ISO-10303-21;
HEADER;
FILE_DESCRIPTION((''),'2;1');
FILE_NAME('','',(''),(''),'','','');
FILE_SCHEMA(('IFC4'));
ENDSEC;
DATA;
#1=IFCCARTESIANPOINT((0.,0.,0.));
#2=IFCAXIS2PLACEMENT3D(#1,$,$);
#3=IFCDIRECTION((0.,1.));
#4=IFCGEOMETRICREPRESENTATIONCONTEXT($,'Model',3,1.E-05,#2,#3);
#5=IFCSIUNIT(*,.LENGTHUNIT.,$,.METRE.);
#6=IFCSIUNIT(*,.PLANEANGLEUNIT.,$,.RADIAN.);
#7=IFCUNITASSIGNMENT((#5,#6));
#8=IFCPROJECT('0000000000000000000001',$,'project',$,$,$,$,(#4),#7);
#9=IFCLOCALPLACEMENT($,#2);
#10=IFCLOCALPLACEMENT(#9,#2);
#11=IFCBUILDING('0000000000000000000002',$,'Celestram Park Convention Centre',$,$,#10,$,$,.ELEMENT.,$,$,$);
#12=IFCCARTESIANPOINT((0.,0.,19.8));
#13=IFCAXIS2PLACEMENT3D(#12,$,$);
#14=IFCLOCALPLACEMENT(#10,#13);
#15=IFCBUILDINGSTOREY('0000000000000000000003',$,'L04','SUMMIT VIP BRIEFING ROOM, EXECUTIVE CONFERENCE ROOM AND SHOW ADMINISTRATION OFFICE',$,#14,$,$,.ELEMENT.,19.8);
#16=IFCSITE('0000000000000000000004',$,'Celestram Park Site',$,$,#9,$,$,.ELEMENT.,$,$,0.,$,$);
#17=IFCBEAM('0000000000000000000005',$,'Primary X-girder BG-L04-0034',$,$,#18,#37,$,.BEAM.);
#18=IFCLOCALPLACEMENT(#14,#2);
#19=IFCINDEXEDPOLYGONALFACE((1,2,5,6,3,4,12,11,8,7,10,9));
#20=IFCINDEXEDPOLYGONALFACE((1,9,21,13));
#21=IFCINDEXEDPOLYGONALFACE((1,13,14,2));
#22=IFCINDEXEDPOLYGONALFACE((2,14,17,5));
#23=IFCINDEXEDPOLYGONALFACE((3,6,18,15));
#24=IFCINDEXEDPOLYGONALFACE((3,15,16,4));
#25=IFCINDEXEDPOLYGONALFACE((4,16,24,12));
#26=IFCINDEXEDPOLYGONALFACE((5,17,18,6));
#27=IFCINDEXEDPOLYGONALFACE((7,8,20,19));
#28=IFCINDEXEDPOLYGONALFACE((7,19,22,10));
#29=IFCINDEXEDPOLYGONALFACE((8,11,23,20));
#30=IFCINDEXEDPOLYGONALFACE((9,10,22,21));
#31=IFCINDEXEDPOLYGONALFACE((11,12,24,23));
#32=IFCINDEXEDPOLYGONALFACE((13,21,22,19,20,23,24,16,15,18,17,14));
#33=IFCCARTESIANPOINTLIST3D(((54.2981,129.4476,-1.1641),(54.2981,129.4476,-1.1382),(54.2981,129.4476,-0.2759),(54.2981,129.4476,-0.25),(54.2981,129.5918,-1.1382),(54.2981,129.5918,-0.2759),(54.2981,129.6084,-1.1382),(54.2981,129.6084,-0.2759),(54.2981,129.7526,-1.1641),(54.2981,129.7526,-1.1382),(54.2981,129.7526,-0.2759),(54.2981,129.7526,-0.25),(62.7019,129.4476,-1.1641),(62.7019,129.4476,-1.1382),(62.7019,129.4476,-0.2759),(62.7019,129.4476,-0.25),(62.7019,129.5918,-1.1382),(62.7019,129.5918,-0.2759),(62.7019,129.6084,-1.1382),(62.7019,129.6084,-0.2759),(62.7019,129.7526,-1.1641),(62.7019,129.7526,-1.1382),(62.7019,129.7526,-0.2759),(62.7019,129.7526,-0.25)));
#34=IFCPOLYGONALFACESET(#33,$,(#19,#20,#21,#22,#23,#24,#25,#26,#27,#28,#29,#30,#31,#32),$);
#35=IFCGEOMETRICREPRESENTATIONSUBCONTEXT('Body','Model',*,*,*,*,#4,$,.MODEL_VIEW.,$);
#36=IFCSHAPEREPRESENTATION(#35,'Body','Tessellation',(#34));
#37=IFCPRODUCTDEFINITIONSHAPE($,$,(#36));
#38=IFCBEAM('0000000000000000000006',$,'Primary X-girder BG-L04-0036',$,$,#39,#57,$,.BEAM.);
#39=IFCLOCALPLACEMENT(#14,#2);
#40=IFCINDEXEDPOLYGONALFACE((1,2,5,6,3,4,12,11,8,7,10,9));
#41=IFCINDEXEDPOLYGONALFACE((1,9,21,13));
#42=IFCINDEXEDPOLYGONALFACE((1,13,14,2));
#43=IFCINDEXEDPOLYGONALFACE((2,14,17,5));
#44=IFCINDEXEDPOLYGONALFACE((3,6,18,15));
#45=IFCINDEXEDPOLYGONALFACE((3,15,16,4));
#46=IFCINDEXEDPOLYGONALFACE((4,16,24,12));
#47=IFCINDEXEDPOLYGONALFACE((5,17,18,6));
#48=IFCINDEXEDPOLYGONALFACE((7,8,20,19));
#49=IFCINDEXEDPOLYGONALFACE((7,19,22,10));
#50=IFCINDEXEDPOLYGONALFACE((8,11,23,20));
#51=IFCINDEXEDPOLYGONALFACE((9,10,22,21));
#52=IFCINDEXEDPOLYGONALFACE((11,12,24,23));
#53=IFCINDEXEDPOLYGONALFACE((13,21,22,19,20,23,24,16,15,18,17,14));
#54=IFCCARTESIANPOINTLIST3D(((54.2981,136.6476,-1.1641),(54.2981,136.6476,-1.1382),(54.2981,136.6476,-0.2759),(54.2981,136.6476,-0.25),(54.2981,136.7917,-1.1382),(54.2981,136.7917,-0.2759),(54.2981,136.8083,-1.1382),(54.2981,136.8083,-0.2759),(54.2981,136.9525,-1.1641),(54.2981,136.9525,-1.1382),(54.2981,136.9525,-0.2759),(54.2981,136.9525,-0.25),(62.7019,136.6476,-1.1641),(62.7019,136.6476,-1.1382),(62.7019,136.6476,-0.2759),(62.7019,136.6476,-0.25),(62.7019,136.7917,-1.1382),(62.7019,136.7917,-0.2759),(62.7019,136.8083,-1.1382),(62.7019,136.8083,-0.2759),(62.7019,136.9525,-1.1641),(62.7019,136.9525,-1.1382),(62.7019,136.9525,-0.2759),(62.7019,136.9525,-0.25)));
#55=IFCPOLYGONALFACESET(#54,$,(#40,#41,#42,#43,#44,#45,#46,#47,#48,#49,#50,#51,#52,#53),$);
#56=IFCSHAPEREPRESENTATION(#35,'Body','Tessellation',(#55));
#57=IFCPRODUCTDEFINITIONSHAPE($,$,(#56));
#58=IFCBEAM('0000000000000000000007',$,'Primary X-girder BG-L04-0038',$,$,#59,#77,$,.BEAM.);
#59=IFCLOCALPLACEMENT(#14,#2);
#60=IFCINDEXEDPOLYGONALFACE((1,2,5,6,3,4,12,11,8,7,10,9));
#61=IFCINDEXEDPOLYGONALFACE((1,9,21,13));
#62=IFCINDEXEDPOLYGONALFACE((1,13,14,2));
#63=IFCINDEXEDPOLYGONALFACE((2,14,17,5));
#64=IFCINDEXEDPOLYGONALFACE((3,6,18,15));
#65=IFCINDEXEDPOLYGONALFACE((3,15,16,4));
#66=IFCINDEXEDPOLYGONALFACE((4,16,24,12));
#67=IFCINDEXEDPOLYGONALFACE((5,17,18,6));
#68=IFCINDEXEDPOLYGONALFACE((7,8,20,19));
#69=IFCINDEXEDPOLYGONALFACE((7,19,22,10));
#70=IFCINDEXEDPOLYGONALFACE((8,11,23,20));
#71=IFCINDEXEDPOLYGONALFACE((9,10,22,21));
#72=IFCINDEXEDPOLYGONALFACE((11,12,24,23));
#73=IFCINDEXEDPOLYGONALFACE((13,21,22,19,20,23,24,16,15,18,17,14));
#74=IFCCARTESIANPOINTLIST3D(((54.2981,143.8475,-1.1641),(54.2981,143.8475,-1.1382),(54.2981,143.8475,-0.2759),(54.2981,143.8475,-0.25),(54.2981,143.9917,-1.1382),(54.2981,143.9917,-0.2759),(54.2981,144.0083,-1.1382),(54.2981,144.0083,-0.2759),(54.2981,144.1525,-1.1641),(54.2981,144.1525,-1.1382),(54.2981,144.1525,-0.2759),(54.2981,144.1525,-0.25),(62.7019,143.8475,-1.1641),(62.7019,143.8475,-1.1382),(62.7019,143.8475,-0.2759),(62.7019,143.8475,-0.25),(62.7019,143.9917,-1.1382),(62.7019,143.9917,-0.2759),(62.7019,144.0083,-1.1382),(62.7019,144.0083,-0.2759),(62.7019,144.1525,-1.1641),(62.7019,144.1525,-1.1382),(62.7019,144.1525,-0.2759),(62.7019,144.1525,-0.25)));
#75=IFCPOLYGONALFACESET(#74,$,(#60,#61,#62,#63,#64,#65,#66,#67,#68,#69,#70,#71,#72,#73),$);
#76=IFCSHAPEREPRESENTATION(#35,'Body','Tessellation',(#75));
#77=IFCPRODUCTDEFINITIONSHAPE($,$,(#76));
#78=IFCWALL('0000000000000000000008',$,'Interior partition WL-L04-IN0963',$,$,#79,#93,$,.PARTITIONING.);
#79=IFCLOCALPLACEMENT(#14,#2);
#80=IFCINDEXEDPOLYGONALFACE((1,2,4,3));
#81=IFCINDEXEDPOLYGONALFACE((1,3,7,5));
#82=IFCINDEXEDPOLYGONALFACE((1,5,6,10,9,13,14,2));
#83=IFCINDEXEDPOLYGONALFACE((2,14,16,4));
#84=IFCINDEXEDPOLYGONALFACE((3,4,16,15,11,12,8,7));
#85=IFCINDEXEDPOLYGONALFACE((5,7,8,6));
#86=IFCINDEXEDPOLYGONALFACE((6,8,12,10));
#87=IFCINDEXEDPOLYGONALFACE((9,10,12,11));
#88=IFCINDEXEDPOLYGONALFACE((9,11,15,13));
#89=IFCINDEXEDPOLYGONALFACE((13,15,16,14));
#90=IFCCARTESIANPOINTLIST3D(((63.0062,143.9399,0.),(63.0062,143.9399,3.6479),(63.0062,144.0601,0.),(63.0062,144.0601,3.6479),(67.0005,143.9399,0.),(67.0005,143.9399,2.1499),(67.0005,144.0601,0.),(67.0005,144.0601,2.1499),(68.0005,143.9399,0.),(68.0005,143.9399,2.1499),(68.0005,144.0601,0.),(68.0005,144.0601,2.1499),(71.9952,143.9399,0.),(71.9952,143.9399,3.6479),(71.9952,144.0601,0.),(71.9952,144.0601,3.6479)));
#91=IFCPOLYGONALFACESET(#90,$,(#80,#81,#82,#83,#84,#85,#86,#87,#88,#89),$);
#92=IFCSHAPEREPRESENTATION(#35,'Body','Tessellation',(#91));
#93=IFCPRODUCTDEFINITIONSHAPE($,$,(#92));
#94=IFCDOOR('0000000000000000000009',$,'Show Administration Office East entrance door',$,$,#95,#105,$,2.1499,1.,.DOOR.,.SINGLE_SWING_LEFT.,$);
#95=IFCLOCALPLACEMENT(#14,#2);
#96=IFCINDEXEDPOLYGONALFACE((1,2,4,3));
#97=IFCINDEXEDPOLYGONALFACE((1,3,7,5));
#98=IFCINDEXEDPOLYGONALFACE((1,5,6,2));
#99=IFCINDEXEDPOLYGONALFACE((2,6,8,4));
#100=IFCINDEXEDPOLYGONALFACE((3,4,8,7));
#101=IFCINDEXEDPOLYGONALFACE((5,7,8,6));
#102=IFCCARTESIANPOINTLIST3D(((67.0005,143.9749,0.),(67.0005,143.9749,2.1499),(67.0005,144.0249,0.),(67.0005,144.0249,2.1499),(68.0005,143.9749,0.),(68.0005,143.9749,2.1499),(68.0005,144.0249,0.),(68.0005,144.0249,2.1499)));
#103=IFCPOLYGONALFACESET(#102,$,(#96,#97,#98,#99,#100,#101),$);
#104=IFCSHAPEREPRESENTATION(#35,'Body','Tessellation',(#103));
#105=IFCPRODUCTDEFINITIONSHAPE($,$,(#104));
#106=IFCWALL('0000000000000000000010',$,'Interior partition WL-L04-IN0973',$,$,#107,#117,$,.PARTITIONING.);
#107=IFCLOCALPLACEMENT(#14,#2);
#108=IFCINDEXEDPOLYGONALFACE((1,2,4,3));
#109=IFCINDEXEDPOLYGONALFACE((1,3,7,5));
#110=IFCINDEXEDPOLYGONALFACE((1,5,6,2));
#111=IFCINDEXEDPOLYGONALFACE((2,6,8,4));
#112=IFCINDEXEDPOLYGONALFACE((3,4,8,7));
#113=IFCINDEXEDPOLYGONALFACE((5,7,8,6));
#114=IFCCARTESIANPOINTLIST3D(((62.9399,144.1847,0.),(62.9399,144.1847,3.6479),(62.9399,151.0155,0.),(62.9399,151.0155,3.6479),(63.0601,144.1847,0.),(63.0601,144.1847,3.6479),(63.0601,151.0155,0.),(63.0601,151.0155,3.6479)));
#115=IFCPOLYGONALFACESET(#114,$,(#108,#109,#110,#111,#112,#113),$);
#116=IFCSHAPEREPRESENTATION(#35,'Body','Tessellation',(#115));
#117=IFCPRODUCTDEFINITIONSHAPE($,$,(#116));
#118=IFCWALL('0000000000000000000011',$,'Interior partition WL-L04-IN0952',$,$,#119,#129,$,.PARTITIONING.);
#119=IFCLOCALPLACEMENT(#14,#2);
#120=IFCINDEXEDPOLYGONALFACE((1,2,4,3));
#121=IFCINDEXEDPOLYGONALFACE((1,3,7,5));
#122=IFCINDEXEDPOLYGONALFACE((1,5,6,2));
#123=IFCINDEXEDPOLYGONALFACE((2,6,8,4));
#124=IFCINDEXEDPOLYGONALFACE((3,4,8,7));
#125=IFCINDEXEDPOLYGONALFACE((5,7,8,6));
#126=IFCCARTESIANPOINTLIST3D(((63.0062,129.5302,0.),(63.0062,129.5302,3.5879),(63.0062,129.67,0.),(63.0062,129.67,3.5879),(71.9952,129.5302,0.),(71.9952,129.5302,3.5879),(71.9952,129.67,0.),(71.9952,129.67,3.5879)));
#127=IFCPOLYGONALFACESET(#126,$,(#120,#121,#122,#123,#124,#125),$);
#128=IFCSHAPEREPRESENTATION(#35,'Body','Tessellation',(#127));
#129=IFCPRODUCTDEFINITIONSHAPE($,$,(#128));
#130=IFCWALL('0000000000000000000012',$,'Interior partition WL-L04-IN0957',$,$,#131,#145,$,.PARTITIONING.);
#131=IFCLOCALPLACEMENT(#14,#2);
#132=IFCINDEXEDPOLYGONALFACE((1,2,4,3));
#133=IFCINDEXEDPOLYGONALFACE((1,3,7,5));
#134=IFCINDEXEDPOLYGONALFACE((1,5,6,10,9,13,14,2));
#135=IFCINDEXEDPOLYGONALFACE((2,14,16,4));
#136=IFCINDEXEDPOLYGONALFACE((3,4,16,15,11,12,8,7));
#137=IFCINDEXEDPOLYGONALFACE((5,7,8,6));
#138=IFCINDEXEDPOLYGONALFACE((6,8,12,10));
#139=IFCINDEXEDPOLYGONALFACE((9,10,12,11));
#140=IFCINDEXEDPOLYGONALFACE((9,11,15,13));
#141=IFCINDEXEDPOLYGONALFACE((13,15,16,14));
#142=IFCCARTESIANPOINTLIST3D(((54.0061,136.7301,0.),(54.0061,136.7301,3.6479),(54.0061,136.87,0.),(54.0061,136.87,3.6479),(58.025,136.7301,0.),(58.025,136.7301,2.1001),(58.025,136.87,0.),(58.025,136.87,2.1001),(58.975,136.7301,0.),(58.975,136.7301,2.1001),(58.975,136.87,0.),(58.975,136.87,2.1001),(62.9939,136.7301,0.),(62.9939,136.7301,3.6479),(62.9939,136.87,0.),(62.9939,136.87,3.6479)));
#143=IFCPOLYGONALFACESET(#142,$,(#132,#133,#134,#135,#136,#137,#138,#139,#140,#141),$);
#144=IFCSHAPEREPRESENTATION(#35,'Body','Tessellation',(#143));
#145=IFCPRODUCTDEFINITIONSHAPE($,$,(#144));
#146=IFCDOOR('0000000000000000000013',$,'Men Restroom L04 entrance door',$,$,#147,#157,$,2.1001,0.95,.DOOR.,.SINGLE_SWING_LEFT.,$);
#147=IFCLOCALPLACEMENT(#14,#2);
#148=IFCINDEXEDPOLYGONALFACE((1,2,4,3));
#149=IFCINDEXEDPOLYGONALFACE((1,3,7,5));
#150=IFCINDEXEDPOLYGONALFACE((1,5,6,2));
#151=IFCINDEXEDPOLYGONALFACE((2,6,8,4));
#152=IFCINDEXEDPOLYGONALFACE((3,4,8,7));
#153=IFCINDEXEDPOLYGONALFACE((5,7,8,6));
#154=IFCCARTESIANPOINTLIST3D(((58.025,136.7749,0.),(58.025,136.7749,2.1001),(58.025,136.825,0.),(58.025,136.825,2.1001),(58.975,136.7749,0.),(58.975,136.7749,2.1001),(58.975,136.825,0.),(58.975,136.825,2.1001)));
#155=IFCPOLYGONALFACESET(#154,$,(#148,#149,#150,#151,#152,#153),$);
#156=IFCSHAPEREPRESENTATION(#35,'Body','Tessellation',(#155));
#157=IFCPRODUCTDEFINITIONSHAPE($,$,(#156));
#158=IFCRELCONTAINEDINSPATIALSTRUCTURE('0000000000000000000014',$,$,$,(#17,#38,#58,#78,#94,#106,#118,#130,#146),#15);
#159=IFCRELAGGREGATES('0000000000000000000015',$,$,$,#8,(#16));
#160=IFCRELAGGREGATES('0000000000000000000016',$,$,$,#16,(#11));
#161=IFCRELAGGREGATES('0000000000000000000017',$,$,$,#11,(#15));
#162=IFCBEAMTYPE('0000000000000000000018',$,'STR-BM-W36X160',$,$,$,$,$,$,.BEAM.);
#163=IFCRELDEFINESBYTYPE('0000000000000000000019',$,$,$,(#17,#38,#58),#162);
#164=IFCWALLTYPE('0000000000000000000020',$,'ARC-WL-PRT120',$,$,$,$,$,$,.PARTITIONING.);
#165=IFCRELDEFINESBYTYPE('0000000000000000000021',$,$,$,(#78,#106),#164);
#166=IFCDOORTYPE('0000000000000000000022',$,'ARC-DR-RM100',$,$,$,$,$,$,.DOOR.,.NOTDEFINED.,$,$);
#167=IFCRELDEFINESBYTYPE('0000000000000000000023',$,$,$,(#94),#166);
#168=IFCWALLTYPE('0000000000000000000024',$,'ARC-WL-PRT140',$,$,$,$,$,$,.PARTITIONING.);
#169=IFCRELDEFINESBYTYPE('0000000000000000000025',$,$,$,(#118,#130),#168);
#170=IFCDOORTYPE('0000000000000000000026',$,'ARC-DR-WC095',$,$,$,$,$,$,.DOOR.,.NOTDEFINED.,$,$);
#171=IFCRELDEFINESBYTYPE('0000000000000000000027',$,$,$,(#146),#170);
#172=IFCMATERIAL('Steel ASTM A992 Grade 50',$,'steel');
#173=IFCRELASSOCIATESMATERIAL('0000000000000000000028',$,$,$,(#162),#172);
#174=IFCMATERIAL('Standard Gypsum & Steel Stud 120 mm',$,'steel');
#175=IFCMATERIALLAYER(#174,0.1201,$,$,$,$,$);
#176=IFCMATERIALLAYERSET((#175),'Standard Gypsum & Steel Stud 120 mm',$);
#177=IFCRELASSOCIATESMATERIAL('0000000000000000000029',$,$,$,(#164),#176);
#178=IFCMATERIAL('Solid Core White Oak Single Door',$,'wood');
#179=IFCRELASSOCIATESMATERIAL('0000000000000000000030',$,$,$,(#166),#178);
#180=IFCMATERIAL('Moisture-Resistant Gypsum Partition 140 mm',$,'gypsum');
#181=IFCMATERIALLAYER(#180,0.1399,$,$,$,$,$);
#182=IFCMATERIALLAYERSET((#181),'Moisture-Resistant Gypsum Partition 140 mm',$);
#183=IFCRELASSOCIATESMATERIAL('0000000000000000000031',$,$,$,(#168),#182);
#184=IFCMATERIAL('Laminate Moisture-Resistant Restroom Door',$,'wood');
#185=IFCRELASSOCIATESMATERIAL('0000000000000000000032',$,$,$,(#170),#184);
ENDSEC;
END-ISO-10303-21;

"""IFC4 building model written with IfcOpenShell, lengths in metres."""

from ifc_helpers import new_model, si_unit, direction, frame, frame_2d, origin, origin_2d, place, context, subcontext, project, spatial, rectangle, i_section, extrude, material, layer, layer_set, material_profile, profile_set, type_object, element, fill, save


model = new_model("IFC4")

# Units and contexts
model_context = context("Model", 3, precision=1e-05, world=origin(), true_north=direction((0.0, 1.0)))
body_context = subcontext(model_context, "Body", "Model", "MODEL_VIEW")
ifc_project = project(units=[si_unit("LENGTHUNIT", "METRE"), si_unit("PLANEANGLEUNIT", "RADIAN")], contexts=[model_context])

# Site, building, storey
site_placement = place(None, origin())
site = spatial("IfcSite", under=ifc_project, at=site_placement, Name="Celestram Park Site", CompositionType="ELEMENT", RefElevation=0.0)
building_placement = place(site_placement, origin())
building = spatial("IfcBuilding", under=site, at=building_placement, Name="Celestram Park Convention Centre", CompositionType="ELEMENT")
storey_placement = place(building_placement, frame((0.0, 0.0, 19.8)))
storey = spatial("IfcBuildingStorey", under=building, at=storey_placement, Name="L04", Description="SUMMIT VIP BRIEFING ROOM, EXECUTIVE CONFERENCE ROOM AND SHOW ADMINISTRATION OFFICE", CompositionType="ELEMENT", Elevation=19.8)

# Shared definitions
ifc_material_1 = material(Name="Steel ASTM A992 Grade 50", Category="steel")

# Beams
ifc_material_profile_1 = material_profile(ifc_material_1, i_section(OverallWidth=0.3049, OverallDepth=0.9141, WebThickness=0.0166, FlangeThickness=0.0259, at=origin_2d()), Name="W36X160")
ifc_profile_set_1 = profile_set([ifc_material_profile_1], Name="Steel ASTM A992 Grade 50")
beam_type_1 = type_object("IfcBeamType", Name="STR-BM-W36X160", PredefinedType="BEAM", material=ifc_profile_set_1)
for number, where, z_axis, x_axis, name in (
    (1, (54.2981, 129.6001, -0.707), (1.0, 0.0, 0.0), (0.0, 1.0, 0.0), "Primary X-girder BG-L04-0034"),
    (2, (54.2981, 136.8, -0.707), (1.0, 0.0, 0.0), (0.0, 1.0, 0.0), "Primary X-girder BG-L04-0036"),
    (3, (54.2981, 144.0, -0.707), (1.0, 0.0, 0.0), (0.0, 1.0, 0.0), "Primary X-girder BG-L04-0038"),
):
    element("IfcBeam", number, at=place(storey_placement, frame(where, z_axis=z_axis, x_axis=x_axis)), inside=storey, type_object=beam_type_1, Name=name, PredefinedType="BEAM", context=body_context, shape_type="SweptSolid", body=[
        extrude(i_section(OverallWidth=0.3049, OverallDepth=0.9141, WebThickness=0.0166, FlangeThickness=0.0259, at=origin_2d()), origin(), (0.0, 0.0, 1.0), 8.4038),
    ])

# Wall, opening, door
ifc_material_2 = material(Name="Standard Gypsum & Steel Stud 120 mm", Category="steel")
ifc_layer_1 = layer(ifc_material_2, 0.1201)
ifc_layer_set_1 = layer_set([ifc_layer_1], Name="Standard Gypsum & Steel Stud 120 mm")
wall_type_1 = type_object("IfcWallType", Name="ARC-WL-PRT120", PredefinedType="PARTITIONING", material=ifc_layer_set_1)
wall_1_placement = place(storey_placement, frame((63.0061, 144.0, 0.0), z_axis=(0.0, 0.0, 1.0), x_axis=(1.0, 0.0, 0.0)))
wall_1 = element("IfcWall", 4, at=wall_1_placement, inside=storey, type_object=wall_type_1, Name="Interior partition WL-L04-IN0963", PredefinedType="PARTITIONING", context=body_context, shape_type="SweptSolid", body=[
    extrude(rectangle(XDim=8.989, YDim=0.1201, at=frame_2d((4.4946, 0.0))), origin(), (0.0, 0.0, 1.0), 3.6479),
])
opening_1_placement = place(wall_1_placement, frame((3.9944, 0.0, 0.0)))
opening_1 = element("IfcOpeningElement", 5, at=opening_1_placement, cuts=wall_1, PredefinedType="OPENING", context=body_context, shape_type="SweptSolid", body=[
    extrude(rectangle(XDim=1.0, YDim=2.1499, at=frame_2d((0.5, 1.075))), frame((0.0, 0.0701, 0.0), z_axis=(0.0, -1.0, 0.0), x_axis=(1.0, 0.0, 0.0)), (0.0, 0.0, 1.0), 0.1401),
])
ifc_material_3 = material(Name="Solid Core White Oak Single Door", Category="wood")
door_type_1 = type_object("IfcDoorType", Name="ARC-DR-RM100", OperationType="NOTDEFINED", PredefinedType="DOOR", material=ifc_material_3)
door_1_placement = place(opening_1_placement, origin())
door_1 = element("IfcDoor", 6, at=door_1_placement, inside=storey, type_object=door_type_1, Name="Show Administration Office East entrance door", OperationType="SINGLE_SWING_LEFT", OverallHeight=2.1499, OverallWidth=1.0, PredefinedType="DOOR", context=body_context, shape_type="SweptSolid", body=[
    extrude(rectangle(XDim=1.0, YDim=2.1499, at=frame_2d((0.5, 1.075))), frame((0.0, 0.0249, 0.0), z_axis=(0.0, -1.0, 0.0), x_axis=(1.0, 0.0, 0.0)), (0.0, 0.0, 1.0), 0.05),
])
fill(opening_1, door_1)

# Walls
wall_2_placement = place(storey_placement, frame((63.0, 144.1846, 0.0), z_axis=(0.0, 0.0, 1.0), x_axis=(0.0, 1.0, 0.0)))
element("IfcWall", 7, at=wall_2_placement, inside=storey, type_object=wall_type_1, Name="Interior partition WL-L04-IN0973", PredefinedType="PARTITIONING", context=body_context, shape_type="SweptSolid", body=[
    extrude(rectangle(XDim=6.8308, YDim=0.1201, at=frame_2d((3.4155, 0.0))), origin(), (0.0, 0.0, 1.0), 3.6479),
])
ifc_material_4 = material(Name="Moisture-Resistant Gypsum Partition 140 mm", Category="gypsum")
ifc_layer_2 = layer(ifc_material_4, 0.1399)
ifc_layer_set_2 = layer_set([ifc_layer_2], Name="Moisture-Resistant Gypsum Partition 140 mm")
wall_type_2 = type_object("IfcWallType", Name="ARC-WL-PRT140", PredefinedType="PARTITIONING", material=ifc_layer_set_2)
wall_3_placement = place(storey_placement, frame((63.0061, 129.6001, 0.0), z_axis=(0.0, 0.0, 1.0), x_axis=(1.0, 0.0, 0.0)))
element("IfcWall", 8, at=wall_3_placement, inside=storey, type_object=wall_type_2, Name="Interior partition WL-L04-IN0952", PredefinedType="PARTITIONING", context=body_context, shape_type="SweptSolid", body=[
    extrude(rectangle(XDim=8.989, YDim=0.1399, at=frame_2d((4.4946, 0.0))), origin(), (0.0, 0.0, 1.0), 3.5879),
])

# Wall, opening, door
wall_4_placement = place(storey_placement, frame((54.0061, 136.8, 0.0), z_axis=(0.0, 0.0, 1.0), x_axis=(1.0, 0.0, 0.0)))
wall_4 = element("IfcWall", 9, at=wall_4_placement, inside=storey, type_object=wall_type_2, Name="Interior partition WL-L04-IN0957", PredefinedType="PARTITIONING", context=body_context, shape_type="SweptSolid", body=[
    extrude(rectangle(XDim=8.9878, YDim=0.1399, at=frame_2d((4.4939, 0.0))), origin(), (0.0, 0.0, 1.0), 3.6479),
])
opening_2_placement = place(wall_4_placement, frame((4.0188, 0.0, 0.0)))
opening_2 = element("IfcOpeningElement", 10, at=opening_2_placement, cuts=wall_4, PredefinedType="OPENING", context=body_context, shape_type="SweptSolid", body=[
    extrude(rectangle(XDim=0.95, YDim=2.1001, at=frame_2d((0.4751, 1.05))), frame((0.0, 0.0798, 0.0), z_axis=(0.0, -1.0, 0.0), x_axis=(1.0, 0.0, 0.0)), (0.0, 0.0, 1.0), 0.1599),
])
ifc_material_5 = material(Name="Laminate Moisture-Resistant Restroom Door", Category="wood")
door_type_2 = type_object("IfcDoorType", Name="ARC-DR-WC095", OperationType="NOTDEFINED", PredefinedType="DOOR", material=ifc_material_5)
door_2_placement = place(opening_2_placement, origin())
door_2 = element("IfcDoor", 11, at=door_2_placement, inside=storey, type_object=door_type_2, Name="Men Restroom L04 entrance door", OperationType="SINGLE_SWING_LEFT", OverallHeight=2.1001, OverallWidth=0.95, PredefinedType="DOOR", context=body_context, shape_type="SweptSolid", body=[
    extrude(rectangle(XDim=0.95, YDim=2.1001, at=frame_2d((0.4751, 1.05))), frame((0.0, 0.0249, 0.0), z_axis=(0.0, -1.0, 0.0), x_axis=(1.0, 0.0, 0.0)), (0.0, 0.0, 1.0), 0.05),
])
fill(opening_2, door_2)

save(model, "model.ifc")
